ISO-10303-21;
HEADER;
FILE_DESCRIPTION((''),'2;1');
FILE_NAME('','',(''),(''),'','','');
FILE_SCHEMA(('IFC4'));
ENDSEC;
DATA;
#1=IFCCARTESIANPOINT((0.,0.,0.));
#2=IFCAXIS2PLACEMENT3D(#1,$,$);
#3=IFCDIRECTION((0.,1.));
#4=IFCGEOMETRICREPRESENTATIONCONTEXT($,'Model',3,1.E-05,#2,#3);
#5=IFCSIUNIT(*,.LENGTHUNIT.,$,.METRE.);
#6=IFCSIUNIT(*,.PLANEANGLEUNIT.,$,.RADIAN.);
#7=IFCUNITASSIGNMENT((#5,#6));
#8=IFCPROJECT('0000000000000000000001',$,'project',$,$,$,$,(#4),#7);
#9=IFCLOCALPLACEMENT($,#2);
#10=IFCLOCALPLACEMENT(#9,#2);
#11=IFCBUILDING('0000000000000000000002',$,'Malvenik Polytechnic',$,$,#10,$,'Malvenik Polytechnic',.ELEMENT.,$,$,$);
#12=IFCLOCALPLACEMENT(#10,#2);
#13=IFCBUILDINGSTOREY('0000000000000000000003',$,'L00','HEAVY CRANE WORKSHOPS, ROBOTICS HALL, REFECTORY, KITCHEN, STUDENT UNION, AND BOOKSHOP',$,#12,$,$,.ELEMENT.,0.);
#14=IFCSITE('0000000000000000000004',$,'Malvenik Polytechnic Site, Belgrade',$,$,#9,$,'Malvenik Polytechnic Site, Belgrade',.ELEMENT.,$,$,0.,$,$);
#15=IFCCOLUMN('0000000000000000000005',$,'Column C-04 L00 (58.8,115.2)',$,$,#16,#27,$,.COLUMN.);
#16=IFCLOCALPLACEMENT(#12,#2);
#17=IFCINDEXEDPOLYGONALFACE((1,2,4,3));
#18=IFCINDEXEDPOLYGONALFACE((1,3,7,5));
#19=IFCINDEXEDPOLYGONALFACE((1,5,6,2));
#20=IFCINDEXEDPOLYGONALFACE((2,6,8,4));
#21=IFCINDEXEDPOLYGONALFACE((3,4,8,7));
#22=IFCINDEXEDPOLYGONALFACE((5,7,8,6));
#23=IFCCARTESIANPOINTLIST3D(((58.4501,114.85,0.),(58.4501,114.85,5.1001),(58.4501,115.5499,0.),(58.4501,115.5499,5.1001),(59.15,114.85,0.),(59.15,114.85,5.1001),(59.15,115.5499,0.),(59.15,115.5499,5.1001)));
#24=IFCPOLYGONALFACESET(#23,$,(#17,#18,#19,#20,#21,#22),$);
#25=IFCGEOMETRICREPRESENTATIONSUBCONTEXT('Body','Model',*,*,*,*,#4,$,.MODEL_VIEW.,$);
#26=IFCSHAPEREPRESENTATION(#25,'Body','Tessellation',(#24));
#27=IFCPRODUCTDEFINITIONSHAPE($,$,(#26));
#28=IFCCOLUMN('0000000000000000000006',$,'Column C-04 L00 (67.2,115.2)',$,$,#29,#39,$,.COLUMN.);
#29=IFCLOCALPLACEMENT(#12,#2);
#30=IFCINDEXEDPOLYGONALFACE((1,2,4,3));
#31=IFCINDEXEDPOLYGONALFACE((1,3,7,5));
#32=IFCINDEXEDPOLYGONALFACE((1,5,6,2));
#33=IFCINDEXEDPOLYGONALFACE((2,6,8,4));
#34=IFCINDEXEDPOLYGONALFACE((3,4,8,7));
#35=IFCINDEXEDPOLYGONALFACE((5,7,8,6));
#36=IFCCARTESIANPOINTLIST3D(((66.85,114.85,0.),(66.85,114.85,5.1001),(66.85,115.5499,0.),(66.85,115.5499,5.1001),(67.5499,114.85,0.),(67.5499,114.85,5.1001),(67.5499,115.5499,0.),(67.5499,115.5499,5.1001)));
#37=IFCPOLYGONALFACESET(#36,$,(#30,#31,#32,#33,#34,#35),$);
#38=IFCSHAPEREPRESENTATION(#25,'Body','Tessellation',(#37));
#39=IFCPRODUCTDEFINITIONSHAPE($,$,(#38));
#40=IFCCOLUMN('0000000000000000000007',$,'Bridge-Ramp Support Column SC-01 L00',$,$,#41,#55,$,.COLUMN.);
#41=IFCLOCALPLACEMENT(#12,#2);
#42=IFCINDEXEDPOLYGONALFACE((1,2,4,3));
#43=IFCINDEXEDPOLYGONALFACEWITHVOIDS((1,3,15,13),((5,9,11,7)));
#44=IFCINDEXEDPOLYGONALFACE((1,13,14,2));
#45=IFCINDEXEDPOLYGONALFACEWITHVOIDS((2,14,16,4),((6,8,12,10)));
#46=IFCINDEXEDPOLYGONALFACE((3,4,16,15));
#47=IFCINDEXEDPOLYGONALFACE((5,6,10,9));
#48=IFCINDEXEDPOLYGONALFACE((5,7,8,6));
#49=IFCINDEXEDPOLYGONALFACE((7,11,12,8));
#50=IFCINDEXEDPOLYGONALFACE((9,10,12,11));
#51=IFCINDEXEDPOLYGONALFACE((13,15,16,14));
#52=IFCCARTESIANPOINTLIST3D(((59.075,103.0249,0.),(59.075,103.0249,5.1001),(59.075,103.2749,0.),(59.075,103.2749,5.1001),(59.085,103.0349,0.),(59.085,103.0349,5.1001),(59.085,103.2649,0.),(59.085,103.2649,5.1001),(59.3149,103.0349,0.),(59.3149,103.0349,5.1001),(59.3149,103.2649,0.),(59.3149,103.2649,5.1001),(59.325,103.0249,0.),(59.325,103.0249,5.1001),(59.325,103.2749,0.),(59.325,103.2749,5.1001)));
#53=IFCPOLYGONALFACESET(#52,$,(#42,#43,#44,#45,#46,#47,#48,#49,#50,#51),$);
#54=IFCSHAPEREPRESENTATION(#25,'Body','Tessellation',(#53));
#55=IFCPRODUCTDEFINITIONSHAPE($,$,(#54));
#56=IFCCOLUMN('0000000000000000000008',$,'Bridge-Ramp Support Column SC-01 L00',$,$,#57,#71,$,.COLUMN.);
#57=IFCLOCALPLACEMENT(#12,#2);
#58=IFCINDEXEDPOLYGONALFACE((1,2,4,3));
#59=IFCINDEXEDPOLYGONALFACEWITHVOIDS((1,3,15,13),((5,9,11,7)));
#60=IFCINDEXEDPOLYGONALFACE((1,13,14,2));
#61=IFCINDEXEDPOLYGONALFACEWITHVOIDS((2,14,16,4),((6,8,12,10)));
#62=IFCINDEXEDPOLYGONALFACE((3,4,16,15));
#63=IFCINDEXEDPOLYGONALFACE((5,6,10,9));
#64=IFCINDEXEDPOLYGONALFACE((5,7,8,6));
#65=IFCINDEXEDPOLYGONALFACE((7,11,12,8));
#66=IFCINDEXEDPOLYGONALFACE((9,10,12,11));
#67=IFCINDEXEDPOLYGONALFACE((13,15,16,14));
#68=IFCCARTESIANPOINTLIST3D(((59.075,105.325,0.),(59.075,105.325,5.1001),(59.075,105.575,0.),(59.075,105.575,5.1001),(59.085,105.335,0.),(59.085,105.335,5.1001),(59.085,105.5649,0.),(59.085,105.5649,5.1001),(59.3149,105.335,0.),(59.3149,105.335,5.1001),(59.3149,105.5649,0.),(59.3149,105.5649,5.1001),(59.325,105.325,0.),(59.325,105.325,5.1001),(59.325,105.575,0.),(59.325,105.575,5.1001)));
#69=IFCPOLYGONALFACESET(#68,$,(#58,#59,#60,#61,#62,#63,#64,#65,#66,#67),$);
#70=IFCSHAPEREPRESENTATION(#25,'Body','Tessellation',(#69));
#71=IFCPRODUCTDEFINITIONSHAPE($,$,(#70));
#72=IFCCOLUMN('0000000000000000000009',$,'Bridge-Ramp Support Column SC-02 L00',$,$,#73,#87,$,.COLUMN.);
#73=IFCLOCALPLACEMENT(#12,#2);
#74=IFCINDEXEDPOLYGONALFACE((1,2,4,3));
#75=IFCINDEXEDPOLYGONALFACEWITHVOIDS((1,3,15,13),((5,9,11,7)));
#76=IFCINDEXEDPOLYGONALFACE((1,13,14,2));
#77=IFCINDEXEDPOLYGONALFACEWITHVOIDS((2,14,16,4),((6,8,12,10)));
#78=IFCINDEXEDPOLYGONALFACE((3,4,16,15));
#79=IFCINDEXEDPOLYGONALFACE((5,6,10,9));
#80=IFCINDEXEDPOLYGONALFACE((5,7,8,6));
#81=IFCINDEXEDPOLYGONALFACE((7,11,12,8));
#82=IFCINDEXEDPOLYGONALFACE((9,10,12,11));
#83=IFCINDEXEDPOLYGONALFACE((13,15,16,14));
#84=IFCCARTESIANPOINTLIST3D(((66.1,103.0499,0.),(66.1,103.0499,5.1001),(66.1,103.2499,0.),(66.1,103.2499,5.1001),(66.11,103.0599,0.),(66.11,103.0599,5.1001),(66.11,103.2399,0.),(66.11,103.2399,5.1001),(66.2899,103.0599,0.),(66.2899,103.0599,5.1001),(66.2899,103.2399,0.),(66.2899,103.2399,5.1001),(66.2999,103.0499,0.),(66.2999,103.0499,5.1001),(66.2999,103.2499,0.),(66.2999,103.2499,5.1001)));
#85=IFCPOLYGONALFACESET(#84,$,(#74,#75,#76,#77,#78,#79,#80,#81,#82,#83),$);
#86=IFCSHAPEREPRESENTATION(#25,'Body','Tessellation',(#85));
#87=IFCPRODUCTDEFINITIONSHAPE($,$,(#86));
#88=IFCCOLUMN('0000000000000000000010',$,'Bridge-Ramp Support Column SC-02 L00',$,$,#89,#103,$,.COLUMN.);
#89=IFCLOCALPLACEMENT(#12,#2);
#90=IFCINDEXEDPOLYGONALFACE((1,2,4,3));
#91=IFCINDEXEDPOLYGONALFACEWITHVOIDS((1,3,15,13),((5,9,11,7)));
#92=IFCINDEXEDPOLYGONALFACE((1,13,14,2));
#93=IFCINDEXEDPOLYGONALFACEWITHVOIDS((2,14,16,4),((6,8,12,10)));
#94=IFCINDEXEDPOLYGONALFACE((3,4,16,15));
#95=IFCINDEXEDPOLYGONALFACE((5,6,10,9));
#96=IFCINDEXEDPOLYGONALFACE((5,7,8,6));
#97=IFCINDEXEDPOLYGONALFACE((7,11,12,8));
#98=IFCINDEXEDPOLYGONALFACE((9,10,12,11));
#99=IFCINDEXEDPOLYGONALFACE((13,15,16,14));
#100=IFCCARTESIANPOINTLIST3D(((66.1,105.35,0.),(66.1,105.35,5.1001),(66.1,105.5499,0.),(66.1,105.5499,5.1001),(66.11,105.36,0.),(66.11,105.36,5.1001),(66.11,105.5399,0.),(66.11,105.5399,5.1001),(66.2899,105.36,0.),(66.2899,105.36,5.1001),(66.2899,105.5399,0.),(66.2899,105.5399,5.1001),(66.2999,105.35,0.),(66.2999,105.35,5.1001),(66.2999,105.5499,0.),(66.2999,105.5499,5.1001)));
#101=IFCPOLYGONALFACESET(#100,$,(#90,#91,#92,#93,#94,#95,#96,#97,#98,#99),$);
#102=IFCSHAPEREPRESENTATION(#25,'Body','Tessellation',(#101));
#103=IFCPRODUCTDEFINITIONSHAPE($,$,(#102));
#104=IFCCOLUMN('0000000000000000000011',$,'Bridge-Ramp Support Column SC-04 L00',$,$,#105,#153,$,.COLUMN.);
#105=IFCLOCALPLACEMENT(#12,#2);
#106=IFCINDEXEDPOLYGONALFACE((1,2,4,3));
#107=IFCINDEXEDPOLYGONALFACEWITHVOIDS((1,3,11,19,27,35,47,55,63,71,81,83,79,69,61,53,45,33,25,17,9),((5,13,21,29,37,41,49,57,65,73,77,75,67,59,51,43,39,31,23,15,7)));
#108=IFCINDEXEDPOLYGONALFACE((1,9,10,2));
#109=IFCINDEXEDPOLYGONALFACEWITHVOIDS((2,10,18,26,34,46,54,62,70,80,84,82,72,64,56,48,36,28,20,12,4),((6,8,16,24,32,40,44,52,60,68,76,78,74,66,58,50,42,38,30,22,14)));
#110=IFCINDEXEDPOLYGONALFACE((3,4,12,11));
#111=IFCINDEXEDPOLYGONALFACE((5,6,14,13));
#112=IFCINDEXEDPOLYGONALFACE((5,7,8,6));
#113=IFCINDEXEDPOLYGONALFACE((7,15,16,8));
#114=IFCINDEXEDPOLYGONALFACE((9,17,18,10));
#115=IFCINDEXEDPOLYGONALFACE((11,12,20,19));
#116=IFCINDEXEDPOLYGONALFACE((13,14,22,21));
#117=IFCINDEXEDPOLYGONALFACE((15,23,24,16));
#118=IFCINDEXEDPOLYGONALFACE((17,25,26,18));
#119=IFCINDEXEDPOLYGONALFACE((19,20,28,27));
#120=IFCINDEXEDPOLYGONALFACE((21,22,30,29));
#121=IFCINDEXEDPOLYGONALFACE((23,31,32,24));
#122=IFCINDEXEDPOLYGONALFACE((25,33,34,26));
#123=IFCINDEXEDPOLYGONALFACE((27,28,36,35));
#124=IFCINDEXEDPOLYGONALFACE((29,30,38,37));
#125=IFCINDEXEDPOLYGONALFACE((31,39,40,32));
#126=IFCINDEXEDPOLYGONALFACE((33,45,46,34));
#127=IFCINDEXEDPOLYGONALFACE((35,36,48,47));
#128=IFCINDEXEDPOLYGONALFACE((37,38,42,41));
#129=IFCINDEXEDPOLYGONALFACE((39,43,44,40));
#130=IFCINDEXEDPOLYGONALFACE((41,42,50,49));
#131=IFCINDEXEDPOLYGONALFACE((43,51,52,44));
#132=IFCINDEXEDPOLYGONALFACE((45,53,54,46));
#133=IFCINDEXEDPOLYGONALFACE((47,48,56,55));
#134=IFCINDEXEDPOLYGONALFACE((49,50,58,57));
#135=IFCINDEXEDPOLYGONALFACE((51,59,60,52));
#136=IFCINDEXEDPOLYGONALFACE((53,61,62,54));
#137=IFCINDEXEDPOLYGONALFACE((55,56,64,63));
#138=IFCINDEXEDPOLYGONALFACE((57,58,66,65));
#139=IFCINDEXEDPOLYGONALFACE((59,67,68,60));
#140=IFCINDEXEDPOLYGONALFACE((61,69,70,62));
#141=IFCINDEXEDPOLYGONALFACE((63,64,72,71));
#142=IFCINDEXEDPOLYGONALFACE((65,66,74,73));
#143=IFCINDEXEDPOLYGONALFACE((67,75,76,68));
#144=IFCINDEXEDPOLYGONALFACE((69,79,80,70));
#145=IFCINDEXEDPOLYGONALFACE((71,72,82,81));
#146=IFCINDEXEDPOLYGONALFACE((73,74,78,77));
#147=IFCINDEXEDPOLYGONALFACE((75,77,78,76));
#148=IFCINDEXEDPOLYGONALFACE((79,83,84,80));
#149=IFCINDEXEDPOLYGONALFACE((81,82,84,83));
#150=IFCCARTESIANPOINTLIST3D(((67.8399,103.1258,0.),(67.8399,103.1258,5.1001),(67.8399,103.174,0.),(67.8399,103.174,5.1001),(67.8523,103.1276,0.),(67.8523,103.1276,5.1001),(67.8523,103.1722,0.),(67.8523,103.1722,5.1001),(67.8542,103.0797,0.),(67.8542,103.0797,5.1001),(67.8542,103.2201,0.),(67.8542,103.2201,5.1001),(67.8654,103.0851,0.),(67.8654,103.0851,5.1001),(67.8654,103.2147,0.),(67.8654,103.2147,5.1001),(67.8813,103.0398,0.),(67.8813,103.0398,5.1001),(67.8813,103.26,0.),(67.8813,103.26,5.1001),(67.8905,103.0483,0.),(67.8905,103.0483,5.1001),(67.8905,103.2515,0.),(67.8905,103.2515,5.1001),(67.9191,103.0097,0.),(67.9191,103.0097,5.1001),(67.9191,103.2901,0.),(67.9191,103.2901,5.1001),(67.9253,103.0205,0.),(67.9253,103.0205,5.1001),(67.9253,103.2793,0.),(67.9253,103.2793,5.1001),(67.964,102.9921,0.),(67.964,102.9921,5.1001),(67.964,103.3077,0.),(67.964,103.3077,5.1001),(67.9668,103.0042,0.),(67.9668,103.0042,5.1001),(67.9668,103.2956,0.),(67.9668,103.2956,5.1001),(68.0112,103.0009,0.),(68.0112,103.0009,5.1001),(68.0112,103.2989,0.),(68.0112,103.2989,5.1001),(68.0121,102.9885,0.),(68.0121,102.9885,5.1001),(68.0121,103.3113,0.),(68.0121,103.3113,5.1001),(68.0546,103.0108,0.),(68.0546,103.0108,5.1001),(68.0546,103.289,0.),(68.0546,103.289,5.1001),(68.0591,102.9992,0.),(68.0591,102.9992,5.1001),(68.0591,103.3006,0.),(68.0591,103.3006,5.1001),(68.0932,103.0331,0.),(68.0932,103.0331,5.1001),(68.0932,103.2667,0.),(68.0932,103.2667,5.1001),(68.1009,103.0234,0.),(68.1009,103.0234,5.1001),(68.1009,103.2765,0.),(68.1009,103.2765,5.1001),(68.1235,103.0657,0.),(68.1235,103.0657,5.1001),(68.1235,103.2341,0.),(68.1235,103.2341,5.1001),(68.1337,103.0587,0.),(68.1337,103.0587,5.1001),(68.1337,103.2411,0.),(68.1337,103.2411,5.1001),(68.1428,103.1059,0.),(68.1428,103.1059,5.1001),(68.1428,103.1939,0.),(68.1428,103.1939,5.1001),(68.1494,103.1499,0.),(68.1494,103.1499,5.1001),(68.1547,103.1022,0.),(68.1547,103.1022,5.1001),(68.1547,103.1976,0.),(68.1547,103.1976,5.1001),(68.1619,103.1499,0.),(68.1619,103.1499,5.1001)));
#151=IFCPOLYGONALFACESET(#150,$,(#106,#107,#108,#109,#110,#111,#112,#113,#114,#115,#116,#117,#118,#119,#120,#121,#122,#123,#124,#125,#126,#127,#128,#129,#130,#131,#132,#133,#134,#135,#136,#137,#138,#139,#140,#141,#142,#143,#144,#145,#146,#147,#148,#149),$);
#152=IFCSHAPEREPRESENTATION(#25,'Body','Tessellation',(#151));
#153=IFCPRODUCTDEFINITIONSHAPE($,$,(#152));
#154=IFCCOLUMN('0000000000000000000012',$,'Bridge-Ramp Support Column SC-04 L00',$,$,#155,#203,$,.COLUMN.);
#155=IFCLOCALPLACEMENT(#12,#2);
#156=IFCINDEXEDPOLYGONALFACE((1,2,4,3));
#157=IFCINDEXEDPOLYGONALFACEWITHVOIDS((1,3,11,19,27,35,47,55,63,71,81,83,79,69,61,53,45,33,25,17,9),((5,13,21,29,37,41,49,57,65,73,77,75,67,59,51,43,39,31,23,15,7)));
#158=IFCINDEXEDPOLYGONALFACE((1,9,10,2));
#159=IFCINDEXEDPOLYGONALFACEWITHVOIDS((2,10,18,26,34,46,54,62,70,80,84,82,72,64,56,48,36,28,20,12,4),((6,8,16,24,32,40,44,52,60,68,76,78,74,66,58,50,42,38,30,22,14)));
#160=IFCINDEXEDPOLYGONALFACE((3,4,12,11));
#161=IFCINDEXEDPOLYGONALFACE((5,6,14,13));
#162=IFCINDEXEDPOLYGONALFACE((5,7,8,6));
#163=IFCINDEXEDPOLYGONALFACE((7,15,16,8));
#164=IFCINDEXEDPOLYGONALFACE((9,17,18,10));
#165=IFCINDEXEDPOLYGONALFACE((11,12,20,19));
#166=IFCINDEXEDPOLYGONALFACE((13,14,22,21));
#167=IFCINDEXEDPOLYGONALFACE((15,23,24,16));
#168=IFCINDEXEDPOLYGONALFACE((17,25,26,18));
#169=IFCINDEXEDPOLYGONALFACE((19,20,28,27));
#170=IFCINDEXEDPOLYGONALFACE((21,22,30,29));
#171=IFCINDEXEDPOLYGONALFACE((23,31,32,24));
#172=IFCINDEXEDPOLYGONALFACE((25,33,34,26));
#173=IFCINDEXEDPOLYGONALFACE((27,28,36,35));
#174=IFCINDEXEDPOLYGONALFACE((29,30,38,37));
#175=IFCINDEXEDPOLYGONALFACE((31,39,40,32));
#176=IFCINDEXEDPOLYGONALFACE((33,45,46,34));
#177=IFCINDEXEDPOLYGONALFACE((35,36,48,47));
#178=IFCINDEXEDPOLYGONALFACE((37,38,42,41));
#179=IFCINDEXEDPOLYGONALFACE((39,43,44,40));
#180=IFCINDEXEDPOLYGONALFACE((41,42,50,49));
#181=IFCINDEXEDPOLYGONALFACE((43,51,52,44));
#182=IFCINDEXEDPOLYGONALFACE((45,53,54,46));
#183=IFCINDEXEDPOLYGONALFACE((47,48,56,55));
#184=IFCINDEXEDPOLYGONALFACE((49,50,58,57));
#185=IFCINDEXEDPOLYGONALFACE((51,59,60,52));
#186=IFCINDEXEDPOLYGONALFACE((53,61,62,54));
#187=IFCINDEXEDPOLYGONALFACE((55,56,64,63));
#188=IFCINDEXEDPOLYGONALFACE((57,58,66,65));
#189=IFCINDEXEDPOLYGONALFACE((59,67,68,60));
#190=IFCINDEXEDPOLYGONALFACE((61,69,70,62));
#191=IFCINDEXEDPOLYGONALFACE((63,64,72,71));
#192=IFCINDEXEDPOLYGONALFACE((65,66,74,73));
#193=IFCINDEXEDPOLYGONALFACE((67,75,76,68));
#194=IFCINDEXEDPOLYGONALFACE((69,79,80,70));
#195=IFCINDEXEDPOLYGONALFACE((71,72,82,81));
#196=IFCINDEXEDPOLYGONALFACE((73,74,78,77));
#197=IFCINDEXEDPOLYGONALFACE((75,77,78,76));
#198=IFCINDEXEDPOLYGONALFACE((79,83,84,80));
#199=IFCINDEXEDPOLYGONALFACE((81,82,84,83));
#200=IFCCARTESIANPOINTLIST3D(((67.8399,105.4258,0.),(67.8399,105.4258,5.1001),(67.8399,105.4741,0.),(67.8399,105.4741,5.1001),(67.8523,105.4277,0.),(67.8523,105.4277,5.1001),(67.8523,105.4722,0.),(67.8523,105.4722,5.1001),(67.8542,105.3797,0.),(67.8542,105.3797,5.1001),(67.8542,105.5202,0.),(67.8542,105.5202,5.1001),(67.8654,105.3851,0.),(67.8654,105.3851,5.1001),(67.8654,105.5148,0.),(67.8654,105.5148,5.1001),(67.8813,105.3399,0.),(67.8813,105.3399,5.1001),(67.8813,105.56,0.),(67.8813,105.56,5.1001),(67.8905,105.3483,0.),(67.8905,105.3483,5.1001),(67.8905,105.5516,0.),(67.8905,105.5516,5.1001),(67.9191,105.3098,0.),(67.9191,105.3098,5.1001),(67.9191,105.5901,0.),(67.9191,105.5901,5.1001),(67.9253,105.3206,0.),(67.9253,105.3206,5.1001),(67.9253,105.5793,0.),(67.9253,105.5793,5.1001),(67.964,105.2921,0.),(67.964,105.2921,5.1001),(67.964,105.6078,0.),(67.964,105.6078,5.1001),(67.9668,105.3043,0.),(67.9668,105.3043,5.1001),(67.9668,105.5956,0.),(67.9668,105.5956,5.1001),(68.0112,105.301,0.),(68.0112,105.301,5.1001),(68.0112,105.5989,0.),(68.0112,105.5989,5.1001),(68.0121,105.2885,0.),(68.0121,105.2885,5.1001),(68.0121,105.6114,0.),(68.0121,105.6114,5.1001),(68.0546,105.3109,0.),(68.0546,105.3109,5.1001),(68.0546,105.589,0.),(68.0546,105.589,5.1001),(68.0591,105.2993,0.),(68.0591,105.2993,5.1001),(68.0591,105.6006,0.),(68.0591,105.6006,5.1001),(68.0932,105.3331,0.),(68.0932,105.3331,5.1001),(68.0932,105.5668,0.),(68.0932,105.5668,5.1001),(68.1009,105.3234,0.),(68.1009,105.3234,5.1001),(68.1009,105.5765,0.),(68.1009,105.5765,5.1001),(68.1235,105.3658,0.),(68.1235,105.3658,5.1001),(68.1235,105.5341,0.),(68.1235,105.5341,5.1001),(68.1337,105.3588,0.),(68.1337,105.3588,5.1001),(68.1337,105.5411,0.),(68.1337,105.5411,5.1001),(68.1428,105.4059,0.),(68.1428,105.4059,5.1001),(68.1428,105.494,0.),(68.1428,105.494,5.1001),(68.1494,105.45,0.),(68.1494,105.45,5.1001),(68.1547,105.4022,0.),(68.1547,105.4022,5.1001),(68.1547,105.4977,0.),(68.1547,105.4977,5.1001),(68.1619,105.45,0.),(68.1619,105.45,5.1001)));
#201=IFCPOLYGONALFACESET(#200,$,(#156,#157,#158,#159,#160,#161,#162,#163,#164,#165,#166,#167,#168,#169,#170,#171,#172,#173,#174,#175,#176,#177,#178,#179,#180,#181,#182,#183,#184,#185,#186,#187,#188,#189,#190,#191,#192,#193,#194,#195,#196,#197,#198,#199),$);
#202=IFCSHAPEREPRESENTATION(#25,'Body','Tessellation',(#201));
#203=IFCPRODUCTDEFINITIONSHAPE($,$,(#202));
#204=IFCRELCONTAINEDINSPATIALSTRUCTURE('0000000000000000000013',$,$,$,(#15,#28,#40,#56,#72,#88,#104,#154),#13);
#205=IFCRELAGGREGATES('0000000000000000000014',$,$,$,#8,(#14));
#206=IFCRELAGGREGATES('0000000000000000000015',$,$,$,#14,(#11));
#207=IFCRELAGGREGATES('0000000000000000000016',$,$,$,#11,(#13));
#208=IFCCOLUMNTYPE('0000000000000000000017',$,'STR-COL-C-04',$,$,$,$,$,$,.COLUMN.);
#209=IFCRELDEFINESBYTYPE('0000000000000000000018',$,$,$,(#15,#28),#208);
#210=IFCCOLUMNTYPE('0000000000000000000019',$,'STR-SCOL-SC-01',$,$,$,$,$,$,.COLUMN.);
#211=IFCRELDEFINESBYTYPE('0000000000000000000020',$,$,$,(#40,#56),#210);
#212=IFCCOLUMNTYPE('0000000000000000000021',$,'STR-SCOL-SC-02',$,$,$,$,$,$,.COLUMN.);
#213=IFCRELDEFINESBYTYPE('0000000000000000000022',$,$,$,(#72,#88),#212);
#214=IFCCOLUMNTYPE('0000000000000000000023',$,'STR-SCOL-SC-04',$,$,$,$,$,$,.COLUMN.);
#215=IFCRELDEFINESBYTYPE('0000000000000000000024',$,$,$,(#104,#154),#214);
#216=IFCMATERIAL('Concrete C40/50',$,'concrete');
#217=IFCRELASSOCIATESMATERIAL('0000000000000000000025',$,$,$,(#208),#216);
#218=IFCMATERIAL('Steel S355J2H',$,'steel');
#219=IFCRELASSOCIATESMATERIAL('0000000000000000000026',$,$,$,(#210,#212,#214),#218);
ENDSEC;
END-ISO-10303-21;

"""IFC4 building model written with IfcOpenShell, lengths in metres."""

from ifc_helpers import new_model, si_unit, direction, frame, origin, origin_2d, place, context, subcontext, project, spatial, rectangle, hollow_rectangle, hollow_circle, extrude, material, material_profile, profile_set, type_object, element, save


model = new_model("IFC4")

# Units and contexts
model_context = context("Model", 3, precision=1e-05, world=origin(), true_north=direction((0.0, 1.0)))
body_context = subcontext(model_context, "Body", "Model", "MODEL_VIEW")
ifc_project = project(units=[si_unit("LENGTHUNIT", "METRE"), si_unit("PLANEANGLEUNIT", "RADIAN")], contexts=[model_context])

# Site, building, storey
site_placement = place(None, origin())
site = spatial("IfcSite", under=ifc_project, at=site_placement, Name="Malvenik Polytechnic Site, Belgrade", LongName="Malvenik Polytechnic Site, Belgrade", CompositionType="ELEMENT", RefElevation=0.0)
building_placement = place(site_placement, origin())
building = spatial("IfcBuilding", under=site, at=building_placement, Name="Malvenik Polytechnic", LongName="Malvenik Polytechnic", CompositionType="ELEMENT")
storey_placement = place(building_placement, origin())
storey = spatial("IfcBuildingStorey", under=building, at=storey_placement, Name="L00", Description="HEAVY CRANE WORKSHOPS, ROBOTICS HALL, REFECTORY, KITCHEN, STUDENT UNION, AND BOOKSHOP", CompositionType="ELEMENT", Elevation=0.0)

# Columns
ifc_material_1 = material(Name="Concrete C40/50", Category="concrete")
ifc_material_profile_1 = material_profile(ifc_material_1, rectangle(XDim=0.7, YDim=0.7, at=origin_2d()), Name="RC COL 700x700")
ifc_profile_set_1 = profile_set([ifc_material_profile_1], Name="Concrete C40/50")
column_type_1 = type_object("IfcColumnType", Name="STR-COL-C-04", PredefinedType="COLUMN", material=ifc_profile_set_1)
for number, where, z_axis, x_axis, name in (
    (1, (58.8, 115.2, 0.0), (0.0, 0.0, 1.0), (1.0, 0.0, 0.0), "Column C-04 L00 (58.8,115.2)"),
    (2, (67.2, 115.2, 0.0), (0.0, 0.0, 1.0), (1.0, 0.0, 0.0), "Column C-04 L00 (67.2,115.2)"),
):
    element("IfcColumn", number, at=place(storey_placement, frame(where, z_axis=z_axis, x_axis=x_axis)), inside=storey, type_object=column_type_1, Name=name, PredefinedType="COLUMN", context=body_context, shape_type="SweptSolid", body=[
        extrude(rectangle(XDim=0.7, YDim=0.7, at=origin_2d()), origin(), (0.0, 0.0, 1.0), 5.1001),
    ])
ifc_material_2 = material(Name="Steel S355J2H", Category="steel")
ifc_material_profile_2 = material_profile(ifc_material_2, hollow_rectangle(XDim=0.25, YDim=0.25, WallThickness=0.01, at=origin_2d()), Name="SHS 250x250x10.0")
ifc_profile_set_2 = profile_set([ifc_material_profile_2], Name="Steel S355J2H")
column_type_2 = type_object("IfcColumnType", Name="STR-SCOL-SC-01", PredefinedType="COLUMN", material=ifc_profile_set_2)
for number, where, z_axis, x_axis, name in (
    (3, (59.2, 103.1499, 0.0), (0.0, 0.0, 1.0), (1.0, 0.0, 0.0), "Bridge-Ramp Support Column SC-01 L00"),
    (4, (59.2, 105.45, 0.0), (0.0, 0.0, 1.0), (1.0, 0.0, 0.0), "Bridge-Ramp Support Column SC-01 L00"),
):
    element("IfcColumn", number, at=place(storey_placement, frame(where, z_axis=z_axis, x_axis=x_axis)), inside=storey, type_object=column_type_2, Name=name, PredefinedType="COLUMN", context=body_context, shape_type="SweptSolid", body=[
        extrude(hollow_rectangle(XDim=0.25, YDim=0.25, WallThickness=0.01, at=origin_2d()), origin(), (0.0, 0.0, 1.0), 5.1001),
    ])
ifc_material_profile_3 = material_profile(ifc_material_2, hollow_rectangle(XDim=0.2, YDim=0.2, WallThickness=0.01, at=origin_2d()), Name="SHS 200x200x10.0")
ifc_profile_set_3 = profile_set([ifc_material_profile_3], Name="Steel S355J2H")
column_type_3 = type_object("IfcColumnType", Name="STR-SCOL-SC-02", PredefinedType="COLUMN", material=ifc_profile_set_3)
for number, where, z_axis, x_axis, name in (
    (5, (66.2, 103.1499, 0.0), (0.0, 0.0, 1.0), (1.0, 0.0, 0.0), "Bridge-Ramp Support Column SC-02 L00"),
    (6, (66.2, 105.45, 0.0), (0.0, 0.0, 1.0), (1.0, 0.0, 0.0), "Bridge-Ramp Support Column SC-02 L00"),
):
    element("IfcColumn", number, at=place(storey_placement, frame(where, z_axis=z_axis, x_axis=x_axis)), inside=storey, type_object=column_type_3, Name=name, PredefinedType="COLUMN", context=body_context, shape_type="SweptSolid", body=[
        extrude(hollow_rectangle(XDim=0.2, YDim=0.2, WallThickness=0.01, at=origin_2d()), origin(), (0.0, 0.0, 1.0), 5.1001),
    ])
ifc_material_profile_4 = material_profile(ifc_material_2, hollow_circle(Radius=0.1619, WallThickness=0.0125, at=origin_2d()), Name="CHS 323.9x12.5")
ifc_profile_set_4 = profile_set([ifc_material_profile_4], Name="Steel S355J2H")
column_type_4 = type_object("IfcColumnType", Name="STR-SCOL-SC-04", PredefinedType="COLUMN", material=ifc_profile_set_4)
for number, where, z_axis, x_axis, name in (
    (7, (68.0, 103.1499, 0.0), (0.0, 0.0, 1.0), (1.0, 0.0, 0.0), "Bridge-Ramp Support Column SC-04 L00"),
    (8, (68.0, 105.45, 0.0), (0.0, 0.0, 1.0), (1.0, 0.0, 0.0), "Bridge-Ramp Support Column SC-04 L00"),
):
    element("IfcColumn", number, at=place(storey_placement, frame(where, z_axis=z_axis, x_axis=x_axis)), inside=storey, type_object=column_type_4, Name=name, PredefinedType="COLUMN", context=body_context, shape_type="SweptSolid", body=[
        extrude(hollow_circle(Radius=0.1619, WallThickness=0.0125, at=origin_2d()), origin(), (0.0, 0.0, 1.0), 5.1001),
    ])

save(model, "model.ifc")
